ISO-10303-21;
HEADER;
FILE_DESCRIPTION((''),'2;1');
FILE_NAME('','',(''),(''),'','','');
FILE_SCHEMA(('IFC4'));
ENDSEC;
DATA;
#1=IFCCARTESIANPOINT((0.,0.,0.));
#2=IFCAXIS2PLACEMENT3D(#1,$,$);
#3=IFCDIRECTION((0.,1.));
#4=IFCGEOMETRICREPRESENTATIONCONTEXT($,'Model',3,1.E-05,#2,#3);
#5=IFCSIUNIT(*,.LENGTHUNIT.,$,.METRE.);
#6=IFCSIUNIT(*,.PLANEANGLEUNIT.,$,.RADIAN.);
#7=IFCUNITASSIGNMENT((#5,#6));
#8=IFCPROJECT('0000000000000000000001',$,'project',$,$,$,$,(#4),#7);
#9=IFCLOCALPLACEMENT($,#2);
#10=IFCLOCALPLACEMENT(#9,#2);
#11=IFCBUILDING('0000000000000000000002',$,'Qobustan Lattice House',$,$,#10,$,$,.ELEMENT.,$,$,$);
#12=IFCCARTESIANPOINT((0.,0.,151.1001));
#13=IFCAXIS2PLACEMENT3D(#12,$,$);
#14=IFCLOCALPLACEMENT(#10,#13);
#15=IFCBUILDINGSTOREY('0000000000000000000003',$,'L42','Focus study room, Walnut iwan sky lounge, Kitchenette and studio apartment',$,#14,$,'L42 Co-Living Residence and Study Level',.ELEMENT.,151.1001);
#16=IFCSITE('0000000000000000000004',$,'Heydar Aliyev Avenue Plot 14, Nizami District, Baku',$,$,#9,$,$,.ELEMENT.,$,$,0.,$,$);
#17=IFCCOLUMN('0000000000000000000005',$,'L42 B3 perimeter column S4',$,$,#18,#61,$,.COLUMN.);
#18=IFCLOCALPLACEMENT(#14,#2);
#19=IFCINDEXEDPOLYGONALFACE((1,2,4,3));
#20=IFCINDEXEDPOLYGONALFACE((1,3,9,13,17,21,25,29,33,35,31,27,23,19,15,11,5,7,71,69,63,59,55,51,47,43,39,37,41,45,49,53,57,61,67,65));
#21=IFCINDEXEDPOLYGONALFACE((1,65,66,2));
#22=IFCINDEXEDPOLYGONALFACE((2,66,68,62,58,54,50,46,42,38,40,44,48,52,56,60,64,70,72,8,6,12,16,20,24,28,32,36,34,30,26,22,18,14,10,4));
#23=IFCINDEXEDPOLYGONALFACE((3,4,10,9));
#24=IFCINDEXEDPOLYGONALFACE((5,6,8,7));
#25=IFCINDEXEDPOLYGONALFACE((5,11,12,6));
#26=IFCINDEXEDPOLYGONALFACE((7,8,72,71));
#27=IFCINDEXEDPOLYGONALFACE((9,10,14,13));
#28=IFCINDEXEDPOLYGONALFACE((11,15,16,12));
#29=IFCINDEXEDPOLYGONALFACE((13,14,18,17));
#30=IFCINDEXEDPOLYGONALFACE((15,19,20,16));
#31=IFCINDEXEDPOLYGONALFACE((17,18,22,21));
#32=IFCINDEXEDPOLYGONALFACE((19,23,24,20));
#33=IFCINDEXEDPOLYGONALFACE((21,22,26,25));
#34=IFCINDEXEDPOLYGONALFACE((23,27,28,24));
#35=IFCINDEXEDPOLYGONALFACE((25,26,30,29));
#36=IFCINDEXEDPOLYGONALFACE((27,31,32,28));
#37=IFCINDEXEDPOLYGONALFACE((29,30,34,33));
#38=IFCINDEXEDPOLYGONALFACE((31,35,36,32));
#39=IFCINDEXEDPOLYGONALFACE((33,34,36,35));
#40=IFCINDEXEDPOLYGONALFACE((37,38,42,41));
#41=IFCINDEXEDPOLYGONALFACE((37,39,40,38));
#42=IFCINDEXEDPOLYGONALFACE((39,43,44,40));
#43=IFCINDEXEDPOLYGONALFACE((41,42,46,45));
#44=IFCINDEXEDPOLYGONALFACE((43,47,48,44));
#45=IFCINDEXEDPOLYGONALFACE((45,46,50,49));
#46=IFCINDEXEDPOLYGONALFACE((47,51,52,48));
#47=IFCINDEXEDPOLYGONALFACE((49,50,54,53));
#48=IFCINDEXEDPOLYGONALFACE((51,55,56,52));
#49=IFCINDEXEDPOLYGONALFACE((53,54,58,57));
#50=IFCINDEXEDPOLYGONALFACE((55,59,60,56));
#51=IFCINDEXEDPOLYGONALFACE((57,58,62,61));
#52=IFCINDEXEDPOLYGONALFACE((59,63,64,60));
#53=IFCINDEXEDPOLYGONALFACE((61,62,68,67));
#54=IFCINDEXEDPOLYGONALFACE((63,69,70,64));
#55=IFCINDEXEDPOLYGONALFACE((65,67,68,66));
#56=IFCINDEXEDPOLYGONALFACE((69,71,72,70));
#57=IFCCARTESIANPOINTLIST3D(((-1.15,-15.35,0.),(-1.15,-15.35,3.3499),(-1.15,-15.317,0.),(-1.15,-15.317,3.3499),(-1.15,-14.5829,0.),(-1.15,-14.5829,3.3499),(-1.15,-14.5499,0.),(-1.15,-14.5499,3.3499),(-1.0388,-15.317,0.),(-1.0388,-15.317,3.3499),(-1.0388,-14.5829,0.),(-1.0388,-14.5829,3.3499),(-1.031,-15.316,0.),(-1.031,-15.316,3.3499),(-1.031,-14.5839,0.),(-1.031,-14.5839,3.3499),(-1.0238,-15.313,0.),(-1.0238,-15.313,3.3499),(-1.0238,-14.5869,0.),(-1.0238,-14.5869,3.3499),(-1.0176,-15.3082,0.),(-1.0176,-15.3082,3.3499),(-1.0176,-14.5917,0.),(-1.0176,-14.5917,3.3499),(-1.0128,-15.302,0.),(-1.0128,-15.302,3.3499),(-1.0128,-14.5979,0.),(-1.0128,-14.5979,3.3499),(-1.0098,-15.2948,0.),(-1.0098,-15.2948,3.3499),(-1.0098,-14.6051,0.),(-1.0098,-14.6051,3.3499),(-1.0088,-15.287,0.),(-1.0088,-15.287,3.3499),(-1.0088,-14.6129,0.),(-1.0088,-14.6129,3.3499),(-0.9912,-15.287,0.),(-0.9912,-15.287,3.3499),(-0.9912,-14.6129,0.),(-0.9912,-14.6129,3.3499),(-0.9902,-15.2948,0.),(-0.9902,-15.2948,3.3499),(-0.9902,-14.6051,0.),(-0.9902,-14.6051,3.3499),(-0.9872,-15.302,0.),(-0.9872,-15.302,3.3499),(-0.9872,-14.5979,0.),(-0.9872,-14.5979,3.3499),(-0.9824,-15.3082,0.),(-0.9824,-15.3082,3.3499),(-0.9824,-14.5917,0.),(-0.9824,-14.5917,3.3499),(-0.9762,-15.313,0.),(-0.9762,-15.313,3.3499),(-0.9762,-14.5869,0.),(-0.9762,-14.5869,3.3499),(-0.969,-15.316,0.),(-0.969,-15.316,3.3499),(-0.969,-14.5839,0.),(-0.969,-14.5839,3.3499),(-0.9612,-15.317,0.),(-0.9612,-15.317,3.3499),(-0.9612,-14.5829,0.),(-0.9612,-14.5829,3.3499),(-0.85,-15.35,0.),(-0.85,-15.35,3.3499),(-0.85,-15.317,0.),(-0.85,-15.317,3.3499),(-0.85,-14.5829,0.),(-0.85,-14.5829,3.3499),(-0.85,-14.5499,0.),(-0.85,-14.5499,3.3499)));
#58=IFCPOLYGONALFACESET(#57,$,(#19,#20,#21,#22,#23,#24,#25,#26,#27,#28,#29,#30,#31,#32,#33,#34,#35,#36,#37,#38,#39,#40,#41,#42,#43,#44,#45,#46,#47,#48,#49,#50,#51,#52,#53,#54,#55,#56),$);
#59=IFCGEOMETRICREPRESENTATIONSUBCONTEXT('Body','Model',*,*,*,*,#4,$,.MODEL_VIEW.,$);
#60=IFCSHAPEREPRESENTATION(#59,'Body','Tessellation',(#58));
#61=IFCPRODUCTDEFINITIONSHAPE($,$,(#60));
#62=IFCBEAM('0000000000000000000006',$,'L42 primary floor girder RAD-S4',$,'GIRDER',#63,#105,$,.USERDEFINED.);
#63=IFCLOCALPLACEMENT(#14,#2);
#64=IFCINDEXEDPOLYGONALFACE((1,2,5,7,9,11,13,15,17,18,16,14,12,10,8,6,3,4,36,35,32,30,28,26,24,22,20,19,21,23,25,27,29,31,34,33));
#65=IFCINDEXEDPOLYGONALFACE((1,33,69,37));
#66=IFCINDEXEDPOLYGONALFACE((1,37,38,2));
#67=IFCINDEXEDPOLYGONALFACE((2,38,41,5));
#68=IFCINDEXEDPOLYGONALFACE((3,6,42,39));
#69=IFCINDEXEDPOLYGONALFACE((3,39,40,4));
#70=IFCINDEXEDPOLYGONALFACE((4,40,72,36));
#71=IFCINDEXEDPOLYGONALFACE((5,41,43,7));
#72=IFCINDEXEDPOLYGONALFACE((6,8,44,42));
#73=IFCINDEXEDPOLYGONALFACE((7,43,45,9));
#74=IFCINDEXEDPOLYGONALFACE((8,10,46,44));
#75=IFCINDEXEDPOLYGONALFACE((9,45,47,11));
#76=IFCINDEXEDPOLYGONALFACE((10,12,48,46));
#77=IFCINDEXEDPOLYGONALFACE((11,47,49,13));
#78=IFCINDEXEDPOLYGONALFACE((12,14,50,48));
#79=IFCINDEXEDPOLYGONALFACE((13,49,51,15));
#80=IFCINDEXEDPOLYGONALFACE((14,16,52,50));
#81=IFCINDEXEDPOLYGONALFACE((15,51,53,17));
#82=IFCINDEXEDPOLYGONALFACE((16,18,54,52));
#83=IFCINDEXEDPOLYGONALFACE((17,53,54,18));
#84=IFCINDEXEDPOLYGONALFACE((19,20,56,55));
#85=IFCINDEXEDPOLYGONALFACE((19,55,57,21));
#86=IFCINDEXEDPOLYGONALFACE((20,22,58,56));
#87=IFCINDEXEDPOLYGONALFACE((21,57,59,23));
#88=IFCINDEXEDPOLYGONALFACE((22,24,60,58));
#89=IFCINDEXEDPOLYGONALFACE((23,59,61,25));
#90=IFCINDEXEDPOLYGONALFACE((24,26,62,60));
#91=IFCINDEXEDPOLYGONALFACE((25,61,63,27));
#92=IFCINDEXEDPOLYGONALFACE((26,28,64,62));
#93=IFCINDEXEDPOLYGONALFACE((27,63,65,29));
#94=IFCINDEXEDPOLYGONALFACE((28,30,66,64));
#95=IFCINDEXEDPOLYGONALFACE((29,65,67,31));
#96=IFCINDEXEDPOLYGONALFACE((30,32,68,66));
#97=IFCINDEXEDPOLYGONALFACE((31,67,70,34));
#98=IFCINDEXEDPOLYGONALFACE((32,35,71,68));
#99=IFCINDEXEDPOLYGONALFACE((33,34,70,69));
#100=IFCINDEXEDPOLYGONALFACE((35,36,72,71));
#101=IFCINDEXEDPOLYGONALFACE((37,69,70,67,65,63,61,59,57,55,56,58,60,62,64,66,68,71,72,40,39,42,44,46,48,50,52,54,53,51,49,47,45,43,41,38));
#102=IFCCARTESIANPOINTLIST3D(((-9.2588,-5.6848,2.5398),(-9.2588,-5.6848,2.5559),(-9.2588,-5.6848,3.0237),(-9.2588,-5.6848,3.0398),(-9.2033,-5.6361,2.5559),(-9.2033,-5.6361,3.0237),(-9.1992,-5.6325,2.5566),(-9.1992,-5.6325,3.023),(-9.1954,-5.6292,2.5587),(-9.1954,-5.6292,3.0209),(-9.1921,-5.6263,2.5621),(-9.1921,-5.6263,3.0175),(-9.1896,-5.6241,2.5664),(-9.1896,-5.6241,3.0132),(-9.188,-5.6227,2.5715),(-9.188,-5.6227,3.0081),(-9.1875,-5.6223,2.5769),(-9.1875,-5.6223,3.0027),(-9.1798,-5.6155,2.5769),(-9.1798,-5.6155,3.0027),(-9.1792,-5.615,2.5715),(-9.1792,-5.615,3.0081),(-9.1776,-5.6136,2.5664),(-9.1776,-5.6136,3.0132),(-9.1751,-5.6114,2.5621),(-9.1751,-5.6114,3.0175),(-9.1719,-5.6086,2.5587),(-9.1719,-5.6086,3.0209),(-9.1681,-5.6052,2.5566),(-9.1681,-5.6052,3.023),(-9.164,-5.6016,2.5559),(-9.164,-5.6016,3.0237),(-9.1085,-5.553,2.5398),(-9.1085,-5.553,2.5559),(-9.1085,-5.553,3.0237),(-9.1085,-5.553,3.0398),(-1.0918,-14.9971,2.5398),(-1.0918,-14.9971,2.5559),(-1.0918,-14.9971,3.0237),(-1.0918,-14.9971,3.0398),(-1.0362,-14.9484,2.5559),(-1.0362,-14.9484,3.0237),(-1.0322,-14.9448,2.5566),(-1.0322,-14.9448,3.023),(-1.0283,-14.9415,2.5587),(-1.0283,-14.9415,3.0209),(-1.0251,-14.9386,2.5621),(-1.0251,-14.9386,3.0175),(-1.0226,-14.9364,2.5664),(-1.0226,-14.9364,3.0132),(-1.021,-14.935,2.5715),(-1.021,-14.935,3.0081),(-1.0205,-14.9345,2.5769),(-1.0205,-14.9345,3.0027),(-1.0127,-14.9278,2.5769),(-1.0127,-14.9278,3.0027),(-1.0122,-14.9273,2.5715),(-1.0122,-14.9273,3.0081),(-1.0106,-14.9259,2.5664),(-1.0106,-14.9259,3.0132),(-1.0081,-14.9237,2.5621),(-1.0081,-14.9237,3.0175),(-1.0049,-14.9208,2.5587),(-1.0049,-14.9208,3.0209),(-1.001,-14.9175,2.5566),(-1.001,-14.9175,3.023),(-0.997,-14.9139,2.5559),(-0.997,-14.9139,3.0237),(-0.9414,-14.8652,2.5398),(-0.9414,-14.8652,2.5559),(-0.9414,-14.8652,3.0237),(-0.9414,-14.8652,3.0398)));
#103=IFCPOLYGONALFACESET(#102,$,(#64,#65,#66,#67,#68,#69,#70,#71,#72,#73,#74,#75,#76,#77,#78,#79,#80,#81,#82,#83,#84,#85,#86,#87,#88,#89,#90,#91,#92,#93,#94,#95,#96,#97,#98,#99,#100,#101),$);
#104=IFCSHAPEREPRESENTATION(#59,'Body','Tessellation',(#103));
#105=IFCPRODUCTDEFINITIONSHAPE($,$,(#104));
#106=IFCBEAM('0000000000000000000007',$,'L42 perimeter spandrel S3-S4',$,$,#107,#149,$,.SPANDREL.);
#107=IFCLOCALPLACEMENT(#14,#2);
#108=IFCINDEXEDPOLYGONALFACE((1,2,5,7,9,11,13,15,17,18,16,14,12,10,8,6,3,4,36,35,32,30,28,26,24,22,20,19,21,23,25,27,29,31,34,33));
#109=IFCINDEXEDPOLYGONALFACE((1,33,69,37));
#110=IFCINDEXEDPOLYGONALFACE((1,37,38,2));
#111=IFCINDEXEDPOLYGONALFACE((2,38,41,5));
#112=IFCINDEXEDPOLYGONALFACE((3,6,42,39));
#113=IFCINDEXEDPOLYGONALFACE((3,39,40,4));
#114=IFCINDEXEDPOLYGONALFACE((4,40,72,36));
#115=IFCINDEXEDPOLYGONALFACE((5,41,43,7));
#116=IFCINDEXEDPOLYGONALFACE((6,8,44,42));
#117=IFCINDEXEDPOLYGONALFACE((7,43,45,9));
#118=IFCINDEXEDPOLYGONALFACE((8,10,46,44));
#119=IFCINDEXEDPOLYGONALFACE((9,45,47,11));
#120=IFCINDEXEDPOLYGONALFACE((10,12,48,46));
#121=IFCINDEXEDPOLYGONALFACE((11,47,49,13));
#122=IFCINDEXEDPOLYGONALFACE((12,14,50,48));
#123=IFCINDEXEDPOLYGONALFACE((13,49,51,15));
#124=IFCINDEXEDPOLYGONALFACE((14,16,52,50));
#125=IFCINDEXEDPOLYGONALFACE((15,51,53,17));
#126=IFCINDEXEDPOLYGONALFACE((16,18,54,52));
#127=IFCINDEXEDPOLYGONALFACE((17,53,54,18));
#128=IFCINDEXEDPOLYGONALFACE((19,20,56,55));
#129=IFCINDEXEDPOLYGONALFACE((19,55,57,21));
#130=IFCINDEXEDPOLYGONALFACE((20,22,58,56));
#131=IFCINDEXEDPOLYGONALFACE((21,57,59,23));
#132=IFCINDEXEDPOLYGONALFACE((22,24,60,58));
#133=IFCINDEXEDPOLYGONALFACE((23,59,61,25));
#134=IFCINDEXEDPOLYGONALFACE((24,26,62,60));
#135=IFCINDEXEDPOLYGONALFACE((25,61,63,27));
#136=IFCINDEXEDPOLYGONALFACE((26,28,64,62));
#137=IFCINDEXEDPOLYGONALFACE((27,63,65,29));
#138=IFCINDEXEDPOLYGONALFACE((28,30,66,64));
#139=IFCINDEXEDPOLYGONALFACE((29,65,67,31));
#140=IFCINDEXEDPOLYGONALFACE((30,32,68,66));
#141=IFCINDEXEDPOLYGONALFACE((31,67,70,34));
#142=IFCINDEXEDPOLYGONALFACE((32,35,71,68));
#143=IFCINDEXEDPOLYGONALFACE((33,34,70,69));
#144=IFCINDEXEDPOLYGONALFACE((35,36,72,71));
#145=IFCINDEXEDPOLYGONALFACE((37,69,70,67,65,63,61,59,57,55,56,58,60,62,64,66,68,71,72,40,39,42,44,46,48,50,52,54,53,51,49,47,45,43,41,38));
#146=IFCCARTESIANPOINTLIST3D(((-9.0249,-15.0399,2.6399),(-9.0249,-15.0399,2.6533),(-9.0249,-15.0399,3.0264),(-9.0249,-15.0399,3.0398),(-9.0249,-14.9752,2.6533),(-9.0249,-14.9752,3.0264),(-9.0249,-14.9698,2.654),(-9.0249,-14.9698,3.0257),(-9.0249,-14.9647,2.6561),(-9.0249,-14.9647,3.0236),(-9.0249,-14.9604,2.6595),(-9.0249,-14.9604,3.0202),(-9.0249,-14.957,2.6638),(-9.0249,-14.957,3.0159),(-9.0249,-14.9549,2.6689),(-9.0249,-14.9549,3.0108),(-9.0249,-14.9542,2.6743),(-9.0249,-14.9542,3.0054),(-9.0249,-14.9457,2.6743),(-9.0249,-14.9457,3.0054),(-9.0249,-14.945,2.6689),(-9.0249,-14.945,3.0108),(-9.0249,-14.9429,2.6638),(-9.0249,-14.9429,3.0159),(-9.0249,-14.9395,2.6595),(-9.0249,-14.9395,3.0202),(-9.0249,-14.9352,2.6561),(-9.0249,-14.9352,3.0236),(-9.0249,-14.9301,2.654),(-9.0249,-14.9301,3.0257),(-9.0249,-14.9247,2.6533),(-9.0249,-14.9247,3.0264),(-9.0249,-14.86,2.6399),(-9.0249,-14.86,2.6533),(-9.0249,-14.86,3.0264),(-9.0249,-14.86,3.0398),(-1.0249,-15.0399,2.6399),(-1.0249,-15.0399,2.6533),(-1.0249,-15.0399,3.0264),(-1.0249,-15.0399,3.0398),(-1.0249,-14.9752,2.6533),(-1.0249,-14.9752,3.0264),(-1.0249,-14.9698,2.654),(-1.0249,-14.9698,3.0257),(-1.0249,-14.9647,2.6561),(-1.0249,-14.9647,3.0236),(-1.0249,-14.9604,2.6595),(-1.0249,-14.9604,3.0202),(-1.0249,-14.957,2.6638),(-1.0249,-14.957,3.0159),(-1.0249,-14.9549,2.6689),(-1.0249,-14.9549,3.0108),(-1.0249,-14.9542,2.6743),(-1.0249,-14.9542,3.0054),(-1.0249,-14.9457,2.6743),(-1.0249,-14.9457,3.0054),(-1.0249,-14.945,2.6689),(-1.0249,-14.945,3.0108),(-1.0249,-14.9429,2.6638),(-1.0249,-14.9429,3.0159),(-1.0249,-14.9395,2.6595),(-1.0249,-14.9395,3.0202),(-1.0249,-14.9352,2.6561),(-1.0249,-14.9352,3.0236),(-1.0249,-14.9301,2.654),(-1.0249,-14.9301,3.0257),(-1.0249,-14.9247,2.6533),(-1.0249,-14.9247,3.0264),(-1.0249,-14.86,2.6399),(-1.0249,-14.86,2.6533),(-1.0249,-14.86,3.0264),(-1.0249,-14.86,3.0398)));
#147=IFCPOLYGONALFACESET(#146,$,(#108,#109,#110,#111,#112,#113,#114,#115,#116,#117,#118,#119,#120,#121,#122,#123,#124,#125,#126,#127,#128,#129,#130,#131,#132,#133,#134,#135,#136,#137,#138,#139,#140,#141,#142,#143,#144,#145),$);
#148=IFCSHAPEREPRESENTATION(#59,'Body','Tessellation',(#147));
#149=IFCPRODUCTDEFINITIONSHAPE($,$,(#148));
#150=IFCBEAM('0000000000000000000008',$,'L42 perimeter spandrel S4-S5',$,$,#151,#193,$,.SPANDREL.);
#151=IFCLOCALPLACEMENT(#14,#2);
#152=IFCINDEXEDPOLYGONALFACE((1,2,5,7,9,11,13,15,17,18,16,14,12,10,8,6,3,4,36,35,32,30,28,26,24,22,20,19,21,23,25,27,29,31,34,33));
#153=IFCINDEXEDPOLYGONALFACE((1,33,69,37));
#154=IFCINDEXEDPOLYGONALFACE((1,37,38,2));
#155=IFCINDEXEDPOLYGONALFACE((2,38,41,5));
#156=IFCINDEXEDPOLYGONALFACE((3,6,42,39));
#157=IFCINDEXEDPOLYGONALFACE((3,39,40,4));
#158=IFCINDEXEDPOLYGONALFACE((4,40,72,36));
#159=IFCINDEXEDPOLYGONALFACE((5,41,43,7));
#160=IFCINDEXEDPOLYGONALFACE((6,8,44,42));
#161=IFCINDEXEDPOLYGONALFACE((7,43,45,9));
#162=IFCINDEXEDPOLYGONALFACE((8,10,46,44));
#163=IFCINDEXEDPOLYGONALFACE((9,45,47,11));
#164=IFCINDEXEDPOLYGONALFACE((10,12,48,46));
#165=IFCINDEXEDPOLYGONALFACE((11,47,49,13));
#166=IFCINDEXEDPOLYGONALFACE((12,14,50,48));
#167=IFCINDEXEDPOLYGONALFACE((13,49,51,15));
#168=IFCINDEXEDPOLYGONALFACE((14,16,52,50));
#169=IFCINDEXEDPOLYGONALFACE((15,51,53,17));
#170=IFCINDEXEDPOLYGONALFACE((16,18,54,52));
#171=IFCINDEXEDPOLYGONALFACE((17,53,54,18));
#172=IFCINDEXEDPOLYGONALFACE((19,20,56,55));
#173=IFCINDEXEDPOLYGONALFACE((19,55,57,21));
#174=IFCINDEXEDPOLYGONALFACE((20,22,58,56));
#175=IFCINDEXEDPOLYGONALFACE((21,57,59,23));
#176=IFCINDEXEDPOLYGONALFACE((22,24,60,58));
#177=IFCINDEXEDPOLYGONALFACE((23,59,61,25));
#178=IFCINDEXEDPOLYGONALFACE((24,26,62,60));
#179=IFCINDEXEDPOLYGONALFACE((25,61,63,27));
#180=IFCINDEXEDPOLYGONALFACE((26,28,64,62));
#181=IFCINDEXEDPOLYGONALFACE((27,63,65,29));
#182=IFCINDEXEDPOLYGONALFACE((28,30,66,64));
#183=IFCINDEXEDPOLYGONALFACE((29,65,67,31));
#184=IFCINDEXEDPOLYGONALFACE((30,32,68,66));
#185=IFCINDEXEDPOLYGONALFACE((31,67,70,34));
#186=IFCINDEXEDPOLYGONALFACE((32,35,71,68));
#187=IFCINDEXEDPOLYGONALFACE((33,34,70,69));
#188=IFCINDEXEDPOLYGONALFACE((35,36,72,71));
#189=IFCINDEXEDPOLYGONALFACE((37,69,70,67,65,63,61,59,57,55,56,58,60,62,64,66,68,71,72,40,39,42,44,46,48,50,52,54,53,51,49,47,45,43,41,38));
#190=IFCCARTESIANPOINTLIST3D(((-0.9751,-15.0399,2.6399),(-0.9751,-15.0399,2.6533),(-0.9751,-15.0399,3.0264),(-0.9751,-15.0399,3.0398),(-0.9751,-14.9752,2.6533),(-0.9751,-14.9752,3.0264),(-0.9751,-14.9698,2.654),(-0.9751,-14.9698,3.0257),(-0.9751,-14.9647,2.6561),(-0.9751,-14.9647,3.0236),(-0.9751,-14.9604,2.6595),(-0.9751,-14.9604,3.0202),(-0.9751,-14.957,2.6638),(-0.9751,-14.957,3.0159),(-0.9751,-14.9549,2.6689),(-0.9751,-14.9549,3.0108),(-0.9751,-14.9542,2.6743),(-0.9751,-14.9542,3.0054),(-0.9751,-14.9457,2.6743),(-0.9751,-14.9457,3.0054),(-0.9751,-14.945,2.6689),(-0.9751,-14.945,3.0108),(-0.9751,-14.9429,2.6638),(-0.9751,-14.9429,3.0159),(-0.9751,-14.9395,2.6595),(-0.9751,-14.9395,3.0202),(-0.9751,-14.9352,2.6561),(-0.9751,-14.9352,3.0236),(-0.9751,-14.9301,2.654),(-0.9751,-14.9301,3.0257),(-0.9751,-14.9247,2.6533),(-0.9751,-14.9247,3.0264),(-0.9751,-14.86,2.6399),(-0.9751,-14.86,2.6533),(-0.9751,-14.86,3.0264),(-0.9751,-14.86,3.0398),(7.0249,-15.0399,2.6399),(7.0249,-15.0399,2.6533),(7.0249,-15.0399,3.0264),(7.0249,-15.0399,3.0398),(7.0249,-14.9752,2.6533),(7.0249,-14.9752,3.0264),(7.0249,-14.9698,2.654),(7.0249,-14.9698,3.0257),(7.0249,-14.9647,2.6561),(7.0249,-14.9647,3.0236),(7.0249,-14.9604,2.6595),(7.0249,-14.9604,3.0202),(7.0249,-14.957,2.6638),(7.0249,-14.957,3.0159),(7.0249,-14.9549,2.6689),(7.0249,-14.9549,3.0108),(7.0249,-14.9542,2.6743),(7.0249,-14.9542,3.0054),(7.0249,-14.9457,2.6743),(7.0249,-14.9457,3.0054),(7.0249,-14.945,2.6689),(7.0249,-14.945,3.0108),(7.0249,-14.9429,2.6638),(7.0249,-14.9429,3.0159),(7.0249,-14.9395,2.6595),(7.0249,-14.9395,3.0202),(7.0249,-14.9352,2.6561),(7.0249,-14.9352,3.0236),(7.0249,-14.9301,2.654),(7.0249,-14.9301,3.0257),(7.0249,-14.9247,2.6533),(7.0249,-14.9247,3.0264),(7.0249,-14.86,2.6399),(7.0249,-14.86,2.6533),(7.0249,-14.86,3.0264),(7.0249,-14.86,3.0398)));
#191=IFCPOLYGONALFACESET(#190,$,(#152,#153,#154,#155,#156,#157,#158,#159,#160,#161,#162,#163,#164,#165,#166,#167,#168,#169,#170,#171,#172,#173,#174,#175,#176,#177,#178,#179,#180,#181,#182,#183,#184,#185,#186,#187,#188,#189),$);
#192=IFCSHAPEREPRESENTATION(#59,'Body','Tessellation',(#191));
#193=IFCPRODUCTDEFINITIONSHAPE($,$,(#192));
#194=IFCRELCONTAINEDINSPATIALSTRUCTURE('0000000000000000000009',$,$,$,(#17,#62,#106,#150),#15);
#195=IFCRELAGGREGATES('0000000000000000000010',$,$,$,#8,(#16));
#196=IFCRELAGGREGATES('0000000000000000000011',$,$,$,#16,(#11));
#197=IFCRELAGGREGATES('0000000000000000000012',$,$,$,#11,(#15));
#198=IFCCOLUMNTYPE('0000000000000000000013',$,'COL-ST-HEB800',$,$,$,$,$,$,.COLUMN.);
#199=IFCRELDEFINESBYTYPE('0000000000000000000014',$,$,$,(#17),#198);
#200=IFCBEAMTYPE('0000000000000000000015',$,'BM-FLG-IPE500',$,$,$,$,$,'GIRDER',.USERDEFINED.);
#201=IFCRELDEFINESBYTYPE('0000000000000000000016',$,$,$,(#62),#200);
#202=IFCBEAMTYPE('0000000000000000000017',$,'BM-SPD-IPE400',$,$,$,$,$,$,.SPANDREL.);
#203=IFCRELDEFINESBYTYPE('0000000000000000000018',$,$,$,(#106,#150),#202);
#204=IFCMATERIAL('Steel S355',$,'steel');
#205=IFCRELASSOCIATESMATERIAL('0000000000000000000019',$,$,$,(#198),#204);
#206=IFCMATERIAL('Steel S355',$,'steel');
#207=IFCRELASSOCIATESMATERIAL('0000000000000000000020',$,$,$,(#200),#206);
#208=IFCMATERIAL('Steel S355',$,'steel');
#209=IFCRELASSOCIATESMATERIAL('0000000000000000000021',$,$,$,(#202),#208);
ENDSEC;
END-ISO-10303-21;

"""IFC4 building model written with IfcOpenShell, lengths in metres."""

from ifc_helpers import new_model, si_unit, direction, frame, origin, origin_2d, place, context, subcontext, project, spatial, i_section, extrude, material, material_profile, profile_set, type_object, element, save


model = new_model("IFC4")

# Units and contexts
model_context = context("Model", 3, precision=1e-05, world=origin(), true_north=direction((0.0, 1.0)))
body_context = subcontext(model_context, "Body", "Model", "MODEL_VIEW")
ifc_project = project(units=[si_unit("LENGTHUNIT", "METRE"), si_unit("PLANEANGLEUNIT", "RADIAN")], contexts=[model_context])

# Site, building, storey
site_placement = place(None, origin())
site = spatial("IfcSite", under=ifc_project, at=site_placement, Name="Heydar Aliyev Avenue Plot 14, Nizami District, Baku", CompositionType="ELEMENT", RefElevation=0.0)
building_placement = place(site_placement, origin())
building = spatial("IfcBuilding", under=site, at=building_placement, Name="Qobustan Lattice House", CompositionType="ELEMENT")
storey_placement = place(building_placement, frame((0.0, 0.0, 151.1001)))
storey = spatial("IfcBuildingStorey", under=building, at=storey_placement, Name="L42", Description="Focus study room, Walnut iwan sky lounge, Kitchenette and studio apartment", LongName="L42 Co-Living Residence and Study Level", CompositionType="ELEMENT", Elevation=151.1001)

# Column
ifc_material_1 = material(Name="Steel S355", Category="steel")
ifc_material_profile_1 = material_profile(ifc_material_1, i_section(OverallWidth=0.3, OverallDepth=0.8, WebThickness=0.0176, FlangeThickness=0.033, FilletRadius=0.03, at=origin_2d()), Name="HEB800")
ifc_profile_set_1 = profile_set([ifc_material_profile_1], Name="Steel S355")
column_type = type_object("IfcColumnType", Name="COL-ST-HEB800", PredefinedType="COLUMN", material=ifc_profile_set_1)
column_placement = place(storey_placement, frame((-1.0, -14.95, 0.0), z_axis=(0.0, 0.0, 1.0), x_axis=(1.0, 0.0, 0.0)))
element("IfcColumn", 1, at=column_placement, inside=storey, type_object=column_type, Name="L42 B3 perimeter column S4", PredefinedType="COLUMN", context=body_context, shape_type="SweptSolid", body=[
    extrude(i_section(OverallWidth=0.3, OverallDepth=0.8, WebThickness=0.0176, FlangeThickness=0.033, FilletRadius=0.03, at=origin_2d()), origin(), (0.0, 0.0, 1.0), 3.3499),
])

# Beams
ifc_material_2 = material(Name="Steel S355", Category="steel")
ifc_material_profile_2 = material_profile(ifc_material_2, i_section(OverallWidth=0.2, OverallDepth=0.5, WebThickness=0.0103, FlangeThickness=0.0161, FilletRadius=0.021, at=origin_2d()), Name="IPE500")
ifc_profile_set_2 = profile_set([ifc_material_profile_2], Name="Steel S355")
beam_type_1 = type_object("IfcBeamType", Name="BM-FLG-IPE500", ElementType="GIRDER", PredefinedType="USERDEFINED", material=ifc_profile_set_2)
beam_placement = place(storey_placement, frame((-1.0166, -14.9312, 2.7898), z_axis=(-0.659362, 0.751825, 0.0), x_axis=(-0.751825, -0.659362, 0.0)))
element("IfcBeam", 2, at=beam_placement, inside=storey, type_object=beam_type_1, Name="L42 primary floor girder RAD-S4", ObjectType="GIRDER", PredefinedType="USERDEFINED", context=body_context, shape_type="SweptSolid", body=[
    extrude(i_section(OverallWidth=0.2, OverallDepth=0.5, WebThickness=0.0103, FlangeThickness=0.0161, FilletRadius=0.021, at=origin_2d()), origin(), (0.0, 0.0, 1.0), 12.3862),
])
ifc_material_3 = material(Name="Steel S355", Category="steel")
ifc_material_profile_3 = material_profile(ifc_material_3, i_section(OverallWidth=0.1799, OverallDepth=0.3999, WebThickness=0.0085, FlangeThickness=0.0134, FilletRadius=0.021, at=origin_2d()), Name="IPE400")
ifc_profile_set_3 = profile_set([ifc_material_profile_3], Name="Steel S355")
beam_type_2 = type_object("IfcBeamType", Name="BM-SPD-IPE400", PredefinedType="SPANDREL", material=ifc_profile_set_3)
for number, where, z_axis, x_axis, name in (
    (3, (-9.0249, -14.95, 2.8398), (1.0, 0.0, 0.0), (0.0, 1.0, 0.0), "L42 perimeter spandrel S3-S4"),
    (4, (-0.9751, -14.95, 2.8398), (1.0, 0.0, 0.0), (0.0, 1.0, 0.0), "L42 perimeter spandrel S4-S5"),
):
    element("IfcBeam", number, at=place(storey_placement, frame(where, z_axis=z_axis, x_axis=x_axis)), inside=storey, type_object=beam_type_2, Name=name, PredefinedType="SPANDREL", context=body_context, shape_type="SweptSolid", body=[
        extrude(i_section(OverallWidth=0.1799, OverallDepth=0.3999, WebThickness=0.0085, FlangeThickness=0.0134, FilletRadius=0.021, at=origin_2d()), origin(), (0.0, 0.0, 1.0), 8.0),
    ])

save(model, "model.ifc")
